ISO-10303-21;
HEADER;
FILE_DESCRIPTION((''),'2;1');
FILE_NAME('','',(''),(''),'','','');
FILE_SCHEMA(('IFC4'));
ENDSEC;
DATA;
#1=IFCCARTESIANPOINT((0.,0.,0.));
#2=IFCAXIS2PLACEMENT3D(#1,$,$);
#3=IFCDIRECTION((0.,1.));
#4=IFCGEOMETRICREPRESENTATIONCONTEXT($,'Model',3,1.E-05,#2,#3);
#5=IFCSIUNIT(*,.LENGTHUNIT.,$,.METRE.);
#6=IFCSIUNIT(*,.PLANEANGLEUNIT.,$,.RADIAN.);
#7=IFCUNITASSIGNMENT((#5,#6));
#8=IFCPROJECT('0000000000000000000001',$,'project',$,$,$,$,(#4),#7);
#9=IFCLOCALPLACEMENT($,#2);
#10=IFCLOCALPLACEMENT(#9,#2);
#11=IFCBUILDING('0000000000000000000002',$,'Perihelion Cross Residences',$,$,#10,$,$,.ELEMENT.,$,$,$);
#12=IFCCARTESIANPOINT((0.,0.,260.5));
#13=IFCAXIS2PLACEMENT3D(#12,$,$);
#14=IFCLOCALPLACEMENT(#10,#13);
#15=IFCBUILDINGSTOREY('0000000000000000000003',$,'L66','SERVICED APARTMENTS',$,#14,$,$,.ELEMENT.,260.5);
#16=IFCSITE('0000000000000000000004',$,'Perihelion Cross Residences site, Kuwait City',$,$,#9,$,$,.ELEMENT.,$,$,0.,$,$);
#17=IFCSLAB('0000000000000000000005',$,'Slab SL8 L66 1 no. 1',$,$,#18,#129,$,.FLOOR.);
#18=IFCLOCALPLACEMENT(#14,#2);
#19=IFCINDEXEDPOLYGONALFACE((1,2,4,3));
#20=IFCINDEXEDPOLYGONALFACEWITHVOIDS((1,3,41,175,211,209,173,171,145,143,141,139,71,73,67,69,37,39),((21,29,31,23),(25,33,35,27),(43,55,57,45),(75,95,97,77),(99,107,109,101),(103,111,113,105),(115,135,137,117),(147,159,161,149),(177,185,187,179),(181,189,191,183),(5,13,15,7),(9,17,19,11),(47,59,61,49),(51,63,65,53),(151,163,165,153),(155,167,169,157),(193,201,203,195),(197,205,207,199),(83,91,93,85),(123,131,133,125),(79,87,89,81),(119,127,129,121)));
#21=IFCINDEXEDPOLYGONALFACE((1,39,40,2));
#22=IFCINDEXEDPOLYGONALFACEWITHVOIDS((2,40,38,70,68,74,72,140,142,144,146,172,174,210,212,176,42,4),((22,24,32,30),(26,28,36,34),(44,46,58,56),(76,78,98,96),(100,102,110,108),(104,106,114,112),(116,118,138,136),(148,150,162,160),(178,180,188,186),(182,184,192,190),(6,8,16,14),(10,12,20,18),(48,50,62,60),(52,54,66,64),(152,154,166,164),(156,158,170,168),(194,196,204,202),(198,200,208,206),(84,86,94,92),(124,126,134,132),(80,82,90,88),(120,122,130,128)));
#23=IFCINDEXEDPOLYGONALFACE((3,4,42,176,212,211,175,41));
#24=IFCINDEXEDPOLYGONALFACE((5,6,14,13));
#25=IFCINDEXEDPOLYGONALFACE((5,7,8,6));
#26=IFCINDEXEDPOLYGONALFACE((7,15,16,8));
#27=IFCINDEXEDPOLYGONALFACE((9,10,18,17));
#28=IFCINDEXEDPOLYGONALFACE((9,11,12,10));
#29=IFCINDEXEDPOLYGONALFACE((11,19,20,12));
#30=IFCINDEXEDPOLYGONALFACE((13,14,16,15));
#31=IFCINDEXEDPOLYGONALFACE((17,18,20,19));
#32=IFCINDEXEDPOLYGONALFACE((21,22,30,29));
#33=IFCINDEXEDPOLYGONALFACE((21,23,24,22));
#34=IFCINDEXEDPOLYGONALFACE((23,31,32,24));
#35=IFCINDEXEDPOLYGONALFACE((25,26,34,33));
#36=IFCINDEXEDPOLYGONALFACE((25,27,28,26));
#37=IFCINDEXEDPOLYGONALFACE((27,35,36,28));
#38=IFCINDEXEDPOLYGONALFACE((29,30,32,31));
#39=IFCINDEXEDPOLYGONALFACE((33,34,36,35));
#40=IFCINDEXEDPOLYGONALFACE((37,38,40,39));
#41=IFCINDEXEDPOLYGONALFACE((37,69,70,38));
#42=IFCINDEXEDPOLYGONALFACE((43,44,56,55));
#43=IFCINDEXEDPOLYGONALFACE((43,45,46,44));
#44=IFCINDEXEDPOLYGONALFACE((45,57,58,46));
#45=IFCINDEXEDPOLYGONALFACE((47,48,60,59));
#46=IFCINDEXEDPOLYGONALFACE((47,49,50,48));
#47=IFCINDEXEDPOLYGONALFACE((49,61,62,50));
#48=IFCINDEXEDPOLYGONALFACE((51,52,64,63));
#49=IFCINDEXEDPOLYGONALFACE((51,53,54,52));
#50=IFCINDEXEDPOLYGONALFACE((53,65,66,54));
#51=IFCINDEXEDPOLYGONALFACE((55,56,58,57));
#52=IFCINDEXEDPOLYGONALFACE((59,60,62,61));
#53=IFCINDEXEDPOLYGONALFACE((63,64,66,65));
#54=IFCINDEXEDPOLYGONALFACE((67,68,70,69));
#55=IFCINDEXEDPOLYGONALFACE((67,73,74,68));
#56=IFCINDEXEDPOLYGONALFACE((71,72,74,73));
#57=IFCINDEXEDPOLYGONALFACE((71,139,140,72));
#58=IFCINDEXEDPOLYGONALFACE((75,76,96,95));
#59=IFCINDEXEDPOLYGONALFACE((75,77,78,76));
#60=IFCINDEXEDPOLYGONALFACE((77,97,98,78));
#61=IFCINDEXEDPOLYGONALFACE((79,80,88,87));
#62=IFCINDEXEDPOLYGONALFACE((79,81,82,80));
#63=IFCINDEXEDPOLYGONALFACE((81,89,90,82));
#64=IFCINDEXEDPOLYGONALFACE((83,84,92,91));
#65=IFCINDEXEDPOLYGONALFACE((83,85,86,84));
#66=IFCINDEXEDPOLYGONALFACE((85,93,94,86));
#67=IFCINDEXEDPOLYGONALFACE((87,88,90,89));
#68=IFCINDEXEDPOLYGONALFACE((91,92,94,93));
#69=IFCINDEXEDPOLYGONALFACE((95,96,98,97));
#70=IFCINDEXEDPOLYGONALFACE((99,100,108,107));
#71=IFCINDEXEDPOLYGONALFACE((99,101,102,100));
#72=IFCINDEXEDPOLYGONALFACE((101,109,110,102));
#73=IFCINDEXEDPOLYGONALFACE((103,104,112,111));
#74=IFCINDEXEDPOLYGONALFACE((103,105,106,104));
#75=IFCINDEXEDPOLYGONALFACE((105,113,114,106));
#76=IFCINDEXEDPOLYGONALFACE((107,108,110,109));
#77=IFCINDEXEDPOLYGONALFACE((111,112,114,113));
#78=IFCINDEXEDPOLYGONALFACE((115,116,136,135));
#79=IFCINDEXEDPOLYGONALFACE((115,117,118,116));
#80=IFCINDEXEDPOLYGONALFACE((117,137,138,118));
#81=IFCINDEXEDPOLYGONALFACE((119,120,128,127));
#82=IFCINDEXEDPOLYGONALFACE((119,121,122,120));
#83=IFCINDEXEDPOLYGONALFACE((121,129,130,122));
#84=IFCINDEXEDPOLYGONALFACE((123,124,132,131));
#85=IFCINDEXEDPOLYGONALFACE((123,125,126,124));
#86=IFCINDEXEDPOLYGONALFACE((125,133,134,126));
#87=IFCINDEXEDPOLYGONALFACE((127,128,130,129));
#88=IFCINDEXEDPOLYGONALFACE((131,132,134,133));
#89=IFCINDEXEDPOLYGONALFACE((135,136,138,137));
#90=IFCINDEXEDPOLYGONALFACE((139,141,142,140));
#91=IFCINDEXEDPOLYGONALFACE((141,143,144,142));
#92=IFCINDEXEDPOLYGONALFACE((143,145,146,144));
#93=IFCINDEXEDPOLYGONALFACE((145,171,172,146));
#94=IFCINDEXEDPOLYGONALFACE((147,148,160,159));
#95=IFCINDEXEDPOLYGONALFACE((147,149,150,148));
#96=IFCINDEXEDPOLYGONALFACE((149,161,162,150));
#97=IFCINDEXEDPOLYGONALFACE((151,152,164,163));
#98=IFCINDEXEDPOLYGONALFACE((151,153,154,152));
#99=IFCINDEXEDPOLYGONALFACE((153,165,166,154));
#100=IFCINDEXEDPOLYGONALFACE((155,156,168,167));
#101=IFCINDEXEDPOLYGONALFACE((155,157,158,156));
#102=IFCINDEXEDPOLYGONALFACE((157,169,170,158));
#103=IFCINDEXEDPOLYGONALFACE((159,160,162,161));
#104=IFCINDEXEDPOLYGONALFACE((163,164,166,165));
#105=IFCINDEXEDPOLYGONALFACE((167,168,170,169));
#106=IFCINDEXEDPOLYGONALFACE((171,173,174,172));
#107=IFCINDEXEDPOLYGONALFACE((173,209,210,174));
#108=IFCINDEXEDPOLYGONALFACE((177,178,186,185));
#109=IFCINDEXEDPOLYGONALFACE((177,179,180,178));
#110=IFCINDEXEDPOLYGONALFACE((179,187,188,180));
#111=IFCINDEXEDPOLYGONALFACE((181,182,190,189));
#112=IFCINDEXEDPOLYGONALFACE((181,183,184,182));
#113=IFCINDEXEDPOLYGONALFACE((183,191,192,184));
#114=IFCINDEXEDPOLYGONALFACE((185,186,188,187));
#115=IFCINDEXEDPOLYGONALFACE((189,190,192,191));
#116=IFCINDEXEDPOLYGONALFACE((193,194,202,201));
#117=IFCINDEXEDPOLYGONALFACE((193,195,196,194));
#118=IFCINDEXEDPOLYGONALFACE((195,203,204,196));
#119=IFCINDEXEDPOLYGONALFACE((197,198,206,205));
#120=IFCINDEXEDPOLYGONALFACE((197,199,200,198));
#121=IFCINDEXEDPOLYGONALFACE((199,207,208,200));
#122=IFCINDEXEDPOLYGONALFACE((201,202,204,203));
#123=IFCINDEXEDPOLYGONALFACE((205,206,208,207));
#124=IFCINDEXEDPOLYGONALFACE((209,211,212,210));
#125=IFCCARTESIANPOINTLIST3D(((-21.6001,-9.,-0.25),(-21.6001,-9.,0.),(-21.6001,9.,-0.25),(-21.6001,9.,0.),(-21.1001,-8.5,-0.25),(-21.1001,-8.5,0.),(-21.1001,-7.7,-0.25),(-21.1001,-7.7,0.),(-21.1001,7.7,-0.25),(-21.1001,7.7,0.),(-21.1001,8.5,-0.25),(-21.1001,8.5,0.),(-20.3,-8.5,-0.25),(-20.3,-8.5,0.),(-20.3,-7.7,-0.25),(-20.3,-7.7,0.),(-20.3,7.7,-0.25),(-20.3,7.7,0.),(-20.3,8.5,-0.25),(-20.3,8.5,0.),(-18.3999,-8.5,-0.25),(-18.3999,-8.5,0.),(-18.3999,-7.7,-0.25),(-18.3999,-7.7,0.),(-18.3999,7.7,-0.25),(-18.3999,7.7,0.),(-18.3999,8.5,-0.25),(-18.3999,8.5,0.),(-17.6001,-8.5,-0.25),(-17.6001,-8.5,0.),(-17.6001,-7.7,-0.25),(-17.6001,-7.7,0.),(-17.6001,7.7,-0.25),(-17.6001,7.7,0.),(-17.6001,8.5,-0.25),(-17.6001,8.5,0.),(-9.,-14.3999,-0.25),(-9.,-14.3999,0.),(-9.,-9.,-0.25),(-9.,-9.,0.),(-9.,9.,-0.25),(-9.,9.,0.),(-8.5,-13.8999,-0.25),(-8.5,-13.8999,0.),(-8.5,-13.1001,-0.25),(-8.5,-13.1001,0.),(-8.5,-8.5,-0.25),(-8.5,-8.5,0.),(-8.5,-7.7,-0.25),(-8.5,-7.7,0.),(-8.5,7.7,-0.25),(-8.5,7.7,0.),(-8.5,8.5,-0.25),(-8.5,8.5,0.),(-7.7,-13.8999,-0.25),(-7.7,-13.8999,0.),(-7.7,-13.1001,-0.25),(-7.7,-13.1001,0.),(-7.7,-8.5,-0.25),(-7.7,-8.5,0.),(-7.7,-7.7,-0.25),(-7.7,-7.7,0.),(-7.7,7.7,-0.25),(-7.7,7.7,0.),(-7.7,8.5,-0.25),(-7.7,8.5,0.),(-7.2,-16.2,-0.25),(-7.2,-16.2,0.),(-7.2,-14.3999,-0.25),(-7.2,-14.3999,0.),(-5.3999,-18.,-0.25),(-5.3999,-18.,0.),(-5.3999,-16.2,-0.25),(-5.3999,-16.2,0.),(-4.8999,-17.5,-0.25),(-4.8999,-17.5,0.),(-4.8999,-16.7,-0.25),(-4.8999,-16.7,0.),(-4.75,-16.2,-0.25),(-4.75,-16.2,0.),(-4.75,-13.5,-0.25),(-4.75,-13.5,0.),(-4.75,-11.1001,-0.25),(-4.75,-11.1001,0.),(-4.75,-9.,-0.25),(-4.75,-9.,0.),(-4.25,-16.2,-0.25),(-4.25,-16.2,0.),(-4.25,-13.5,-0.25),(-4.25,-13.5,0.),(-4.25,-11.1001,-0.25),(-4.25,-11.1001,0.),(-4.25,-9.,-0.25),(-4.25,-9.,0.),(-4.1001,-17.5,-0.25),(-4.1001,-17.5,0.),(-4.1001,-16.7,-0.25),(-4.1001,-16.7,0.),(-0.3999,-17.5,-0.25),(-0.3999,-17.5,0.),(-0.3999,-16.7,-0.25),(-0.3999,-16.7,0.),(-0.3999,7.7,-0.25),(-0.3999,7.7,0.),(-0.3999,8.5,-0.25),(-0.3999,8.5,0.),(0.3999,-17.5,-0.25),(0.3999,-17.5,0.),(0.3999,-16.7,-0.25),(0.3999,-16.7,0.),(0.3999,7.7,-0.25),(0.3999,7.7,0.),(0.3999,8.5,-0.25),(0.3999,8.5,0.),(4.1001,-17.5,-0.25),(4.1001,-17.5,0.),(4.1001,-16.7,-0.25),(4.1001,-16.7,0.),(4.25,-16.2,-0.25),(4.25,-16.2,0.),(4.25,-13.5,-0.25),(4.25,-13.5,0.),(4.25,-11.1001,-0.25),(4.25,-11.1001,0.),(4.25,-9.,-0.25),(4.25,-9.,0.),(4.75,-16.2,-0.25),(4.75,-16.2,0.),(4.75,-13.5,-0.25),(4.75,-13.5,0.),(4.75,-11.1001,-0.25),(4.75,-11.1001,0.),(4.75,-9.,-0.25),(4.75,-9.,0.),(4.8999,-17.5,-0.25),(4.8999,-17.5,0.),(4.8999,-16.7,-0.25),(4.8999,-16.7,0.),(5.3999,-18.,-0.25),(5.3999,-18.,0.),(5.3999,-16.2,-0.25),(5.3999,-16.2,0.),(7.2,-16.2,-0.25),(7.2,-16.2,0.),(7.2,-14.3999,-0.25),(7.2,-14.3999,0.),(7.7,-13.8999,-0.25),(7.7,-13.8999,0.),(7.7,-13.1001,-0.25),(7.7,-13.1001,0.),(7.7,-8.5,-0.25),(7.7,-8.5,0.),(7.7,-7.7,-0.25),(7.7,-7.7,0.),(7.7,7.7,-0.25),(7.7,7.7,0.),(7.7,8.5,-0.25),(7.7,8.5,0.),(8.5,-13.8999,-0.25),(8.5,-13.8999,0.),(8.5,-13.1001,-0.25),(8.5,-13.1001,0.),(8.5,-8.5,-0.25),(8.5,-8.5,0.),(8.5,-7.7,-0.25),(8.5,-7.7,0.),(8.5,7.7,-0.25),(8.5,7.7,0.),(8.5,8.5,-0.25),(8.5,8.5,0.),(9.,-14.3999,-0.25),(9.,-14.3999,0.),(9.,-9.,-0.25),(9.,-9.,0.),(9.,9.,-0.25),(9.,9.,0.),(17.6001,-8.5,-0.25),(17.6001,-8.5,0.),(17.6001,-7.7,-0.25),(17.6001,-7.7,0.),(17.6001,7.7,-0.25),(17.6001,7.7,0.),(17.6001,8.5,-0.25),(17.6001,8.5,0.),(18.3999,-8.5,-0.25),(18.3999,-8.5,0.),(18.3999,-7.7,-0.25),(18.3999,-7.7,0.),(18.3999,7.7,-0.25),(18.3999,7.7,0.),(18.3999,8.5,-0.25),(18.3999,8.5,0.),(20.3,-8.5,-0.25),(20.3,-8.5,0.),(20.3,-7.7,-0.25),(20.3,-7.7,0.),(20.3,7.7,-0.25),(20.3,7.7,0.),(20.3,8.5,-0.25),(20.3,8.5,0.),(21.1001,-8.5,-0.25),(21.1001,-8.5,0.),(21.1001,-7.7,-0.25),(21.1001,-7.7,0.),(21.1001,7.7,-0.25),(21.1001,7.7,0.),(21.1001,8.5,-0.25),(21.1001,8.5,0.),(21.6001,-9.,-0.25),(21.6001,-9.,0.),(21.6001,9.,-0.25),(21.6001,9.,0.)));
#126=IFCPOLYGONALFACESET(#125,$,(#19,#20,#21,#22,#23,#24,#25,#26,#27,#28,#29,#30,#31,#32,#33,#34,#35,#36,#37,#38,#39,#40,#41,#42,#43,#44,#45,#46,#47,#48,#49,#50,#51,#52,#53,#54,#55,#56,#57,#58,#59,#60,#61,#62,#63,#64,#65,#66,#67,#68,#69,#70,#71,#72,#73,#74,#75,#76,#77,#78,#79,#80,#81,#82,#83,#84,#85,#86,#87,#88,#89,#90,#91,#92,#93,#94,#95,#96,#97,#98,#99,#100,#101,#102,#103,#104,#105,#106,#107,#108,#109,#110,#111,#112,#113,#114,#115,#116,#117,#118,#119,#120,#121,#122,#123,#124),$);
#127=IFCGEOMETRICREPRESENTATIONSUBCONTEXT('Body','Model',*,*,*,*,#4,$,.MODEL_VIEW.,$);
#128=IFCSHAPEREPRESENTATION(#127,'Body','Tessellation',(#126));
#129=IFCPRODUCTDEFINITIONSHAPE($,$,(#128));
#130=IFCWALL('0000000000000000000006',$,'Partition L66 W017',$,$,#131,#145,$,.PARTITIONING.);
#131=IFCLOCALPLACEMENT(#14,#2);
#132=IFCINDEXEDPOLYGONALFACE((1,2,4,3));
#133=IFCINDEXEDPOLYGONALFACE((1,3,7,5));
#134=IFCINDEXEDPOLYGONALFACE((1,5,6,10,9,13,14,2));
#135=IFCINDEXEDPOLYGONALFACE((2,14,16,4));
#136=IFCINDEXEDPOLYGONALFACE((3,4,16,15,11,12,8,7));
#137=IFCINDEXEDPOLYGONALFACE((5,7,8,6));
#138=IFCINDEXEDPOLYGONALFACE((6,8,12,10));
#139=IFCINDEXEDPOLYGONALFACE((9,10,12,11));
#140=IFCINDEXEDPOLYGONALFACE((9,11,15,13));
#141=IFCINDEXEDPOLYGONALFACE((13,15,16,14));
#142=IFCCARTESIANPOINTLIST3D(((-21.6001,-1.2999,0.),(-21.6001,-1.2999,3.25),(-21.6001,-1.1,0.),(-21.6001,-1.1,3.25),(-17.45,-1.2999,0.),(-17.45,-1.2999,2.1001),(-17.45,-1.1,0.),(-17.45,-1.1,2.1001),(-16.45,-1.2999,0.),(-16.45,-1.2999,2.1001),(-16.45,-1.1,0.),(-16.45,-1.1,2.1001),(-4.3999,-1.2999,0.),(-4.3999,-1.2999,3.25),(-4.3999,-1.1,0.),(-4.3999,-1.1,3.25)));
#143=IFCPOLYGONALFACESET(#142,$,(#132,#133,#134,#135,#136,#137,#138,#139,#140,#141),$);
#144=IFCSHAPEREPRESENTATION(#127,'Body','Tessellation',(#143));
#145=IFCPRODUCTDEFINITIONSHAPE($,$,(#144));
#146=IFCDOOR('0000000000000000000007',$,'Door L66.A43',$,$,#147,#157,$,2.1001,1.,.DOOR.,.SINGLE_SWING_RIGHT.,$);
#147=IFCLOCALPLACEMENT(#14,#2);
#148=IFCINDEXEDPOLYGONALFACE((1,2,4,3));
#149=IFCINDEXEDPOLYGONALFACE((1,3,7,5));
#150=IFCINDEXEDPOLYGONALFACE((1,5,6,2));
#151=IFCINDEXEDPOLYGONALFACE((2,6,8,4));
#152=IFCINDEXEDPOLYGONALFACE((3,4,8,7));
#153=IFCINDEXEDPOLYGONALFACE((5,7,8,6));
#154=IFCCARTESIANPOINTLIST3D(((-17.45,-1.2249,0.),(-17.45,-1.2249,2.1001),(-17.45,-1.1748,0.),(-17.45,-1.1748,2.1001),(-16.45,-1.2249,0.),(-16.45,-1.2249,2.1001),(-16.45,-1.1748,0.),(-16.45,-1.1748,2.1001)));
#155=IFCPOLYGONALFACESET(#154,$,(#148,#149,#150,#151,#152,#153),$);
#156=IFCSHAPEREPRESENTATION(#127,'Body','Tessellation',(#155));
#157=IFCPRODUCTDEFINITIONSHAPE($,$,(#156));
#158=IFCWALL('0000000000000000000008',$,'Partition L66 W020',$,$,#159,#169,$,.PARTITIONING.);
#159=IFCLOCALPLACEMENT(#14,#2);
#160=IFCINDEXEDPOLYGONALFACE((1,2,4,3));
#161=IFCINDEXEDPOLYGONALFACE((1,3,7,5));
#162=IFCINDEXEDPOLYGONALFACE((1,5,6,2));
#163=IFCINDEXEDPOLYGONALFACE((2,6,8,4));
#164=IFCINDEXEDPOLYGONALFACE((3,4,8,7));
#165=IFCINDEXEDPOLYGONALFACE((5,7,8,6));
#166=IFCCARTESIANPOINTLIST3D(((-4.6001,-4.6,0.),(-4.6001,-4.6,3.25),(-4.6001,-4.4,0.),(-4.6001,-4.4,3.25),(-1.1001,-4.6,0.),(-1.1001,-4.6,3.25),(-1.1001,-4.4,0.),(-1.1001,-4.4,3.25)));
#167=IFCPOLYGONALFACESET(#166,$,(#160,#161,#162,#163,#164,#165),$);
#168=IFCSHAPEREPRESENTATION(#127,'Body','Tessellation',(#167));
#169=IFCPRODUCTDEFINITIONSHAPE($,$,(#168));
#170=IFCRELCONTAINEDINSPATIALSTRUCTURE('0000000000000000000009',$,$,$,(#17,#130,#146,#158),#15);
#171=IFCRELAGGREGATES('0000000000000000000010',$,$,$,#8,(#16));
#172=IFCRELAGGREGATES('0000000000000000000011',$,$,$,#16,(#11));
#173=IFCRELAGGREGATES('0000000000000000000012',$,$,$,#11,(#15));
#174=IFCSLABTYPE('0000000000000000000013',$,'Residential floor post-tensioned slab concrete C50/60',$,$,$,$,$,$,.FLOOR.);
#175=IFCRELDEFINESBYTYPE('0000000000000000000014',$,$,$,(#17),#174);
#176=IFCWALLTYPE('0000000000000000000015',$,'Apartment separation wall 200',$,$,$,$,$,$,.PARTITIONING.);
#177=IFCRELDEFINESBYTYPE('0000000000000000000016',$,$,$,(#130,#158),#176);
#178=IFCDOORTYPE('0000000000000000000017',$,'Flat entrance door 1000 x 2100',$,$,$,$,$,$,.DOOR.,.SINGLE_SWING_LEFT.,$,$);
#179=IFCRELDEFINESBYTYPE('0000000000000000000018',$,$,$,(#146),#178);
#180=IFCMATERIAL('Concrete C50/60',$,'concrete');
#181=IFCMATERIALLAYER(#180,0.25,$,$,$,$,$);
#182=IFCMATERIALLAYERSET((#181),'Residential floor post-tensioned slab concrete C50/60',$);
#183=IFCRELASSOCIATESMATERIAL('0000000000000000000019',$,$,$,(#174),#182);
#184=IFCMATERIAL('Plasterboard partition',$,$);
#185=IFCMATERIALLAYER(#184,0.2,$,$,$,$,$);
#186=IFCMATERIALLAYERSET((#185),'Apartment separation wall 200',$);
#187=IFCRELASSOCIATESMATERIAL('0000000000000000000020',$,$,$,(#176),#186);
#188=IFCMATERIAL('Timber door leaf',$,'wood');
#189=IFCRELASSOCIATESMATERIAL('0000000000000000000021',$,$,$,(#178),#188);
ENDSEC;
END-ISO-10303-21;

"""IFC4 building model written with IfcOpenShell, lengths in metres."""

from ifc_helpers import new_model, si_unit, direction, frame, frame_2d, origin, place, context, subcontext, project, spatial, polyline, rectangle, outline, extrude, material, layer, layer_set, type_object, element, fill, save


model = new_model("IFC4")

# Units and contexts
model_context = context("Model", 3, precision=1e-05, world=origin(), true_north=direction((0.0, 1.0)))
body_context = subcontext(model_context, "Body", "Model", "MODEL_VIEW")
ifc_project = project(units=[si_unit("LENGTHUNIT", "METRE"), si_unit("PLANEANGLEUNIT", "RADIAN")], contexts=[model_context])

# Site, building, storey
site_placement = place(None, origin())
site = spatial("IfcSite", under=ifc_project, at=site_placement, Name="Perihelion Cross Residences site, Kuwait City", CompositionType="ELEMENT", RefElevation=0.0)
building_placement = place(site_placement, origin())
building = spatial("IfcBuilding", under=site, at=building_placement, Name="Perihelion Cross Residences", CompositionType="ELEMENT")
storey_placement = place(building_placement, frame((0.0, 0.0, 260.5)))
storey = spatial("IfcBuildingStorey", under=building, at=storey_placement, Name="L66", Description="SERVICED APARTMENTS", CompositionType="ELEMENT", Elevation=260.5)

# Slab
ifc_material_1 = material(Name="Concrete C50/60", Category="concrete")
ifc_layer_1 = layer(ifc_material_1, 0.25)
ifc_layer_set_1 = layer_set([ifc_layer_1], Name="Residential floor post-tensioned slab concrete C50/60")
slab_type_1 = type_object("IfcSlabType", Name="Residential floor post-tensioned slab concrete C50/60", PredefinedType="FLOOR", material=ifc_layer_set_1)
slab_1_placement = place(storey_placement, frame((0.0, 0.0, -0.25)))
element("IfcSlab", 1, at=slab_1_placement, inside=storey, type_object=slab_type_1, Name="Slab SL8 L66 1 no. 1", PredefinedType="FLOOR", context=body_context, shape_type="SweptSolid", body=[
    extrude(outline(polyline([(-9.0, 9.0), (9.0, 9.0), (21.6001, 9.0), (21.6001, -9.0), (9.0, -9.0), (9.0, -14.3999), (7.2, -14.3999), (7.2, -16.2), (5.3999, -16.2), (5.3999, -18.0), (-5.3999, -18.0), (-5.3999, -16.2), (-7.2, -16.2), (-7.2, -14.3999), (-9.0, -14.3999), (-9.0, -9.0), (-21.6001, -9.0), (-21.6001, 9.0), (-9.0, 9.0)]), holes=[polyline([(-4.1001, -16.7), (-4.8999, -16.7), (-4.8999, -17.5), (-4.1001, -17.5), (-4.1001, -16.7)]), polyline([(0.3999, -17.5), (0.3999, -16.7), (-0.3999, -16.7), (-0.3999, -17.5), (0.3999, -17.5)]), polyline([(-4.25, -16.2), (-4.25, -13.5), (-4.75, -13.5), (-4.75, -16.2), (-4.25, -16.2)]), polyline([(-7.7, -13.1001), (-8.5, -13.1001), (-8.5, -13.8999), (-7.7, -13.8999), (-7.7, -13.1001)]), polyline([(-4.25, -11.1001), (-4.25, -9.0), (-4.75, -9.0), (-4.75, -11.1001), (-4.25, -11.1001)]), polyline([(-20.3, -8.5), (-20.3, -7.7), (-21.1001, -7.7), (-21.1001, -8.5), (-20.3, -8.5)]), polyline([(-17.6001, -7.7), (-18.3999, -7.7), (-18.3999, -8.5), (-17.6001, -8.5), (-17.6001, -7.7)]), polyline([(-7.7, -8.5), (-7.7, -7.7), (-8.5, -7.7), (-8.5, -8.5), (-7.7, -8.5)]), polyline([(-20.3, 8.5), (-21.1001, 8.5), (-21.1001, 7.7), (-20.3, 7.7), (-20.3, 8.5)]), polyline([(-17.6001, 7.7), (-17.6001, 8.5), (-18.3999, 8.5), (-18.3999, 7.7), (-17.6001, 7.7)]), polyline([(-7.7, 7.7), (-7.7, 8.5), (-8.5, 8.5), (-8.5, 7.7), (-7.7, 7.7)]), polyline([(4.8999, -16.7), (4.1001, -16.7), (4.1001, -17.5), (4.8999, -17.5), (4.8999, -16.7)]), polyline([(4.75, -16.2), (4.75, -13.5), (4.25, -13.5), (4.25, -16.2), (4.75, -16.2)]), polyline([(8.5, -13.8999), (8.5, -13.1001), (7.7, -13.1001), (7.7, -13.8999), (8.5, -13.8999)]), polyline([(4.75, -9.0), (4.25, -9.0), (4.25, -11.1001), (4.75, -11.1001), (4.75, -9.0)]), polyline([(8.5, -8.5), (8.5, -7.7), (7.7, -7.7), (7.7, -8.5), (8.5, -8.5)]), polyline([(18.3999, -8.5), (18.3999, -7.7), (17.6001, -7.7), (17.6001, -8.5), (18.3999, -8.5)]), polyline([(21.1001, -7.7), (20.3, -7.7), (20.3, -8.5), (21.1001, -8.5), (21.1001, -7.7)]), polyline([(0.3999, 7.7), (0.3999, 8.5), (-0.3999, 8.5), (-0.3999, 7.7), (0.3999, 7.7)]), polyline([(8.5, 8.5), (7.7, 8.5), (7.7, 7.7), (8.5, 7.7), (8.5, 8.5)]), polyline([(18.3999, 7.7), (18.3999, 8.5), (17.6001, 8.5), (17.6001, 7.7), (18.3999, 7.7)]), polyline([(21.1001, 7.7), (21.1001, 8.5), (20.3, 8.5), (20.3, 7.7), (21.1001, 7.7)])]), origin(), (0.0, 0.0, 1.0), 0.25),
])

# Wall, opening, door
ifc_material_2 = material(Name="Plasterboard partition")
ifc_layer_2 = layer(ifc_material_2, 0.2)
ifc_layer_set_2 = layer_set([ifc_layer_2], Name="Apartment separation wall 200")
wall_type_1 = type_object("IfcWallType", Name="Apartment separation wall 200", PredefinedType="PARTITIONING", material=ifc_layer_set_2)
wall_1_placement = place(storey_placement, frame((-4.3999, -1.2, 0.0), z_axis=(0.0, 0.0, 1.0), x_axis=(-1.0, 0.0, 0.0)))
wall_1 = element("IfcWall", 2, at=wall_1_placement, inside=storey, type_object=wall_type_1, Name="Partition L66 W017", PredefinedType="PARTITIONING", context=body_context, shape_type="SweptSolid", body=[
    extrude(rectangle(XDim=17.2002, YDim=0.2, at=frame_2d((8.6001, 0.0))), origin(), (0.0, 0.0, 1.0), 3.25),
])
opening_1_placement = place(wall_1_placement, frame((12.05, 0.0, 0.0)))
opening_1 = element("IfcOpeningElement", 3, at=opening_1_placement, cuts=wall_1, PredefinedType="OPENING", context=body_context, shape_type="SweptSolid", body=[
    extrude(rectangle(XDim=1.0, YDim=2.1001, at=frame_2d((0.5, 1.05))), frame((0.0, 0.1099, 0.0), z_axis=(0.0, -1.0, 0.0), x_axis=(1.0, 0.0, 0.0)), (0.0, 0.0, 1.0), 0.22),
])
ifc_material_3 = material(Name="Timber door leaf", Category="wood")
door_type_1 = type_object("IfcDoorType", Name="Flat entrance door 1000 x 2100", OperationType="SINGLE_SWING_LEFT", PredefinedType="DOOR", material=ifc_material_3)
door_1_placement = place(opening_1_placement, origin())
door_1 = element("IfcDoor", 4, at=door_1_placement, inside=storey, type_object=door_type_1, Name="Door L66.A43", OperationType="SINGLE_SWING_RIGHT", OverallHeight=2.1001, OverallWidth=1.0, PredefinedType="DOOR", context=body_context, shape_type="SweptSolid", body=[
    extrude(rectangle(XDim=1.0, YDim=2.1001, at=frame_2d((0.5, 1.05))), frame((0.0, 0.0249, 0.0), z_axis=(0.0, -1.0, 0.0), x_axis=(1.0, 0.0, 0.0)), (0.0, 0.0, 1.0), 0.05),
])
fill(opening_1, door_1)

# Wall
wall_2_placement = place(storey_placement, frame((-1.1001, -4.5, 0.0), z_axis=(0.0, 0.0, 1.0), x_axis=(-1.0, 0.0, 0.0)))
element("IfcWall", 5, at=wall_2_placement, inside=storey, type_object=wall_type_1, Name="Partition L66 W020", PredefinedType="PARTITIONING", context=body_context, shape_type="SweptSolid", body=[
    extrude(rectangle(XDim=3.5, YDim=0.2, at=frame_2d((1.75, 0.0))), origin(), (0.0, 0.0, 1.0), 3.25),
])

save(model, "model.ifc")
